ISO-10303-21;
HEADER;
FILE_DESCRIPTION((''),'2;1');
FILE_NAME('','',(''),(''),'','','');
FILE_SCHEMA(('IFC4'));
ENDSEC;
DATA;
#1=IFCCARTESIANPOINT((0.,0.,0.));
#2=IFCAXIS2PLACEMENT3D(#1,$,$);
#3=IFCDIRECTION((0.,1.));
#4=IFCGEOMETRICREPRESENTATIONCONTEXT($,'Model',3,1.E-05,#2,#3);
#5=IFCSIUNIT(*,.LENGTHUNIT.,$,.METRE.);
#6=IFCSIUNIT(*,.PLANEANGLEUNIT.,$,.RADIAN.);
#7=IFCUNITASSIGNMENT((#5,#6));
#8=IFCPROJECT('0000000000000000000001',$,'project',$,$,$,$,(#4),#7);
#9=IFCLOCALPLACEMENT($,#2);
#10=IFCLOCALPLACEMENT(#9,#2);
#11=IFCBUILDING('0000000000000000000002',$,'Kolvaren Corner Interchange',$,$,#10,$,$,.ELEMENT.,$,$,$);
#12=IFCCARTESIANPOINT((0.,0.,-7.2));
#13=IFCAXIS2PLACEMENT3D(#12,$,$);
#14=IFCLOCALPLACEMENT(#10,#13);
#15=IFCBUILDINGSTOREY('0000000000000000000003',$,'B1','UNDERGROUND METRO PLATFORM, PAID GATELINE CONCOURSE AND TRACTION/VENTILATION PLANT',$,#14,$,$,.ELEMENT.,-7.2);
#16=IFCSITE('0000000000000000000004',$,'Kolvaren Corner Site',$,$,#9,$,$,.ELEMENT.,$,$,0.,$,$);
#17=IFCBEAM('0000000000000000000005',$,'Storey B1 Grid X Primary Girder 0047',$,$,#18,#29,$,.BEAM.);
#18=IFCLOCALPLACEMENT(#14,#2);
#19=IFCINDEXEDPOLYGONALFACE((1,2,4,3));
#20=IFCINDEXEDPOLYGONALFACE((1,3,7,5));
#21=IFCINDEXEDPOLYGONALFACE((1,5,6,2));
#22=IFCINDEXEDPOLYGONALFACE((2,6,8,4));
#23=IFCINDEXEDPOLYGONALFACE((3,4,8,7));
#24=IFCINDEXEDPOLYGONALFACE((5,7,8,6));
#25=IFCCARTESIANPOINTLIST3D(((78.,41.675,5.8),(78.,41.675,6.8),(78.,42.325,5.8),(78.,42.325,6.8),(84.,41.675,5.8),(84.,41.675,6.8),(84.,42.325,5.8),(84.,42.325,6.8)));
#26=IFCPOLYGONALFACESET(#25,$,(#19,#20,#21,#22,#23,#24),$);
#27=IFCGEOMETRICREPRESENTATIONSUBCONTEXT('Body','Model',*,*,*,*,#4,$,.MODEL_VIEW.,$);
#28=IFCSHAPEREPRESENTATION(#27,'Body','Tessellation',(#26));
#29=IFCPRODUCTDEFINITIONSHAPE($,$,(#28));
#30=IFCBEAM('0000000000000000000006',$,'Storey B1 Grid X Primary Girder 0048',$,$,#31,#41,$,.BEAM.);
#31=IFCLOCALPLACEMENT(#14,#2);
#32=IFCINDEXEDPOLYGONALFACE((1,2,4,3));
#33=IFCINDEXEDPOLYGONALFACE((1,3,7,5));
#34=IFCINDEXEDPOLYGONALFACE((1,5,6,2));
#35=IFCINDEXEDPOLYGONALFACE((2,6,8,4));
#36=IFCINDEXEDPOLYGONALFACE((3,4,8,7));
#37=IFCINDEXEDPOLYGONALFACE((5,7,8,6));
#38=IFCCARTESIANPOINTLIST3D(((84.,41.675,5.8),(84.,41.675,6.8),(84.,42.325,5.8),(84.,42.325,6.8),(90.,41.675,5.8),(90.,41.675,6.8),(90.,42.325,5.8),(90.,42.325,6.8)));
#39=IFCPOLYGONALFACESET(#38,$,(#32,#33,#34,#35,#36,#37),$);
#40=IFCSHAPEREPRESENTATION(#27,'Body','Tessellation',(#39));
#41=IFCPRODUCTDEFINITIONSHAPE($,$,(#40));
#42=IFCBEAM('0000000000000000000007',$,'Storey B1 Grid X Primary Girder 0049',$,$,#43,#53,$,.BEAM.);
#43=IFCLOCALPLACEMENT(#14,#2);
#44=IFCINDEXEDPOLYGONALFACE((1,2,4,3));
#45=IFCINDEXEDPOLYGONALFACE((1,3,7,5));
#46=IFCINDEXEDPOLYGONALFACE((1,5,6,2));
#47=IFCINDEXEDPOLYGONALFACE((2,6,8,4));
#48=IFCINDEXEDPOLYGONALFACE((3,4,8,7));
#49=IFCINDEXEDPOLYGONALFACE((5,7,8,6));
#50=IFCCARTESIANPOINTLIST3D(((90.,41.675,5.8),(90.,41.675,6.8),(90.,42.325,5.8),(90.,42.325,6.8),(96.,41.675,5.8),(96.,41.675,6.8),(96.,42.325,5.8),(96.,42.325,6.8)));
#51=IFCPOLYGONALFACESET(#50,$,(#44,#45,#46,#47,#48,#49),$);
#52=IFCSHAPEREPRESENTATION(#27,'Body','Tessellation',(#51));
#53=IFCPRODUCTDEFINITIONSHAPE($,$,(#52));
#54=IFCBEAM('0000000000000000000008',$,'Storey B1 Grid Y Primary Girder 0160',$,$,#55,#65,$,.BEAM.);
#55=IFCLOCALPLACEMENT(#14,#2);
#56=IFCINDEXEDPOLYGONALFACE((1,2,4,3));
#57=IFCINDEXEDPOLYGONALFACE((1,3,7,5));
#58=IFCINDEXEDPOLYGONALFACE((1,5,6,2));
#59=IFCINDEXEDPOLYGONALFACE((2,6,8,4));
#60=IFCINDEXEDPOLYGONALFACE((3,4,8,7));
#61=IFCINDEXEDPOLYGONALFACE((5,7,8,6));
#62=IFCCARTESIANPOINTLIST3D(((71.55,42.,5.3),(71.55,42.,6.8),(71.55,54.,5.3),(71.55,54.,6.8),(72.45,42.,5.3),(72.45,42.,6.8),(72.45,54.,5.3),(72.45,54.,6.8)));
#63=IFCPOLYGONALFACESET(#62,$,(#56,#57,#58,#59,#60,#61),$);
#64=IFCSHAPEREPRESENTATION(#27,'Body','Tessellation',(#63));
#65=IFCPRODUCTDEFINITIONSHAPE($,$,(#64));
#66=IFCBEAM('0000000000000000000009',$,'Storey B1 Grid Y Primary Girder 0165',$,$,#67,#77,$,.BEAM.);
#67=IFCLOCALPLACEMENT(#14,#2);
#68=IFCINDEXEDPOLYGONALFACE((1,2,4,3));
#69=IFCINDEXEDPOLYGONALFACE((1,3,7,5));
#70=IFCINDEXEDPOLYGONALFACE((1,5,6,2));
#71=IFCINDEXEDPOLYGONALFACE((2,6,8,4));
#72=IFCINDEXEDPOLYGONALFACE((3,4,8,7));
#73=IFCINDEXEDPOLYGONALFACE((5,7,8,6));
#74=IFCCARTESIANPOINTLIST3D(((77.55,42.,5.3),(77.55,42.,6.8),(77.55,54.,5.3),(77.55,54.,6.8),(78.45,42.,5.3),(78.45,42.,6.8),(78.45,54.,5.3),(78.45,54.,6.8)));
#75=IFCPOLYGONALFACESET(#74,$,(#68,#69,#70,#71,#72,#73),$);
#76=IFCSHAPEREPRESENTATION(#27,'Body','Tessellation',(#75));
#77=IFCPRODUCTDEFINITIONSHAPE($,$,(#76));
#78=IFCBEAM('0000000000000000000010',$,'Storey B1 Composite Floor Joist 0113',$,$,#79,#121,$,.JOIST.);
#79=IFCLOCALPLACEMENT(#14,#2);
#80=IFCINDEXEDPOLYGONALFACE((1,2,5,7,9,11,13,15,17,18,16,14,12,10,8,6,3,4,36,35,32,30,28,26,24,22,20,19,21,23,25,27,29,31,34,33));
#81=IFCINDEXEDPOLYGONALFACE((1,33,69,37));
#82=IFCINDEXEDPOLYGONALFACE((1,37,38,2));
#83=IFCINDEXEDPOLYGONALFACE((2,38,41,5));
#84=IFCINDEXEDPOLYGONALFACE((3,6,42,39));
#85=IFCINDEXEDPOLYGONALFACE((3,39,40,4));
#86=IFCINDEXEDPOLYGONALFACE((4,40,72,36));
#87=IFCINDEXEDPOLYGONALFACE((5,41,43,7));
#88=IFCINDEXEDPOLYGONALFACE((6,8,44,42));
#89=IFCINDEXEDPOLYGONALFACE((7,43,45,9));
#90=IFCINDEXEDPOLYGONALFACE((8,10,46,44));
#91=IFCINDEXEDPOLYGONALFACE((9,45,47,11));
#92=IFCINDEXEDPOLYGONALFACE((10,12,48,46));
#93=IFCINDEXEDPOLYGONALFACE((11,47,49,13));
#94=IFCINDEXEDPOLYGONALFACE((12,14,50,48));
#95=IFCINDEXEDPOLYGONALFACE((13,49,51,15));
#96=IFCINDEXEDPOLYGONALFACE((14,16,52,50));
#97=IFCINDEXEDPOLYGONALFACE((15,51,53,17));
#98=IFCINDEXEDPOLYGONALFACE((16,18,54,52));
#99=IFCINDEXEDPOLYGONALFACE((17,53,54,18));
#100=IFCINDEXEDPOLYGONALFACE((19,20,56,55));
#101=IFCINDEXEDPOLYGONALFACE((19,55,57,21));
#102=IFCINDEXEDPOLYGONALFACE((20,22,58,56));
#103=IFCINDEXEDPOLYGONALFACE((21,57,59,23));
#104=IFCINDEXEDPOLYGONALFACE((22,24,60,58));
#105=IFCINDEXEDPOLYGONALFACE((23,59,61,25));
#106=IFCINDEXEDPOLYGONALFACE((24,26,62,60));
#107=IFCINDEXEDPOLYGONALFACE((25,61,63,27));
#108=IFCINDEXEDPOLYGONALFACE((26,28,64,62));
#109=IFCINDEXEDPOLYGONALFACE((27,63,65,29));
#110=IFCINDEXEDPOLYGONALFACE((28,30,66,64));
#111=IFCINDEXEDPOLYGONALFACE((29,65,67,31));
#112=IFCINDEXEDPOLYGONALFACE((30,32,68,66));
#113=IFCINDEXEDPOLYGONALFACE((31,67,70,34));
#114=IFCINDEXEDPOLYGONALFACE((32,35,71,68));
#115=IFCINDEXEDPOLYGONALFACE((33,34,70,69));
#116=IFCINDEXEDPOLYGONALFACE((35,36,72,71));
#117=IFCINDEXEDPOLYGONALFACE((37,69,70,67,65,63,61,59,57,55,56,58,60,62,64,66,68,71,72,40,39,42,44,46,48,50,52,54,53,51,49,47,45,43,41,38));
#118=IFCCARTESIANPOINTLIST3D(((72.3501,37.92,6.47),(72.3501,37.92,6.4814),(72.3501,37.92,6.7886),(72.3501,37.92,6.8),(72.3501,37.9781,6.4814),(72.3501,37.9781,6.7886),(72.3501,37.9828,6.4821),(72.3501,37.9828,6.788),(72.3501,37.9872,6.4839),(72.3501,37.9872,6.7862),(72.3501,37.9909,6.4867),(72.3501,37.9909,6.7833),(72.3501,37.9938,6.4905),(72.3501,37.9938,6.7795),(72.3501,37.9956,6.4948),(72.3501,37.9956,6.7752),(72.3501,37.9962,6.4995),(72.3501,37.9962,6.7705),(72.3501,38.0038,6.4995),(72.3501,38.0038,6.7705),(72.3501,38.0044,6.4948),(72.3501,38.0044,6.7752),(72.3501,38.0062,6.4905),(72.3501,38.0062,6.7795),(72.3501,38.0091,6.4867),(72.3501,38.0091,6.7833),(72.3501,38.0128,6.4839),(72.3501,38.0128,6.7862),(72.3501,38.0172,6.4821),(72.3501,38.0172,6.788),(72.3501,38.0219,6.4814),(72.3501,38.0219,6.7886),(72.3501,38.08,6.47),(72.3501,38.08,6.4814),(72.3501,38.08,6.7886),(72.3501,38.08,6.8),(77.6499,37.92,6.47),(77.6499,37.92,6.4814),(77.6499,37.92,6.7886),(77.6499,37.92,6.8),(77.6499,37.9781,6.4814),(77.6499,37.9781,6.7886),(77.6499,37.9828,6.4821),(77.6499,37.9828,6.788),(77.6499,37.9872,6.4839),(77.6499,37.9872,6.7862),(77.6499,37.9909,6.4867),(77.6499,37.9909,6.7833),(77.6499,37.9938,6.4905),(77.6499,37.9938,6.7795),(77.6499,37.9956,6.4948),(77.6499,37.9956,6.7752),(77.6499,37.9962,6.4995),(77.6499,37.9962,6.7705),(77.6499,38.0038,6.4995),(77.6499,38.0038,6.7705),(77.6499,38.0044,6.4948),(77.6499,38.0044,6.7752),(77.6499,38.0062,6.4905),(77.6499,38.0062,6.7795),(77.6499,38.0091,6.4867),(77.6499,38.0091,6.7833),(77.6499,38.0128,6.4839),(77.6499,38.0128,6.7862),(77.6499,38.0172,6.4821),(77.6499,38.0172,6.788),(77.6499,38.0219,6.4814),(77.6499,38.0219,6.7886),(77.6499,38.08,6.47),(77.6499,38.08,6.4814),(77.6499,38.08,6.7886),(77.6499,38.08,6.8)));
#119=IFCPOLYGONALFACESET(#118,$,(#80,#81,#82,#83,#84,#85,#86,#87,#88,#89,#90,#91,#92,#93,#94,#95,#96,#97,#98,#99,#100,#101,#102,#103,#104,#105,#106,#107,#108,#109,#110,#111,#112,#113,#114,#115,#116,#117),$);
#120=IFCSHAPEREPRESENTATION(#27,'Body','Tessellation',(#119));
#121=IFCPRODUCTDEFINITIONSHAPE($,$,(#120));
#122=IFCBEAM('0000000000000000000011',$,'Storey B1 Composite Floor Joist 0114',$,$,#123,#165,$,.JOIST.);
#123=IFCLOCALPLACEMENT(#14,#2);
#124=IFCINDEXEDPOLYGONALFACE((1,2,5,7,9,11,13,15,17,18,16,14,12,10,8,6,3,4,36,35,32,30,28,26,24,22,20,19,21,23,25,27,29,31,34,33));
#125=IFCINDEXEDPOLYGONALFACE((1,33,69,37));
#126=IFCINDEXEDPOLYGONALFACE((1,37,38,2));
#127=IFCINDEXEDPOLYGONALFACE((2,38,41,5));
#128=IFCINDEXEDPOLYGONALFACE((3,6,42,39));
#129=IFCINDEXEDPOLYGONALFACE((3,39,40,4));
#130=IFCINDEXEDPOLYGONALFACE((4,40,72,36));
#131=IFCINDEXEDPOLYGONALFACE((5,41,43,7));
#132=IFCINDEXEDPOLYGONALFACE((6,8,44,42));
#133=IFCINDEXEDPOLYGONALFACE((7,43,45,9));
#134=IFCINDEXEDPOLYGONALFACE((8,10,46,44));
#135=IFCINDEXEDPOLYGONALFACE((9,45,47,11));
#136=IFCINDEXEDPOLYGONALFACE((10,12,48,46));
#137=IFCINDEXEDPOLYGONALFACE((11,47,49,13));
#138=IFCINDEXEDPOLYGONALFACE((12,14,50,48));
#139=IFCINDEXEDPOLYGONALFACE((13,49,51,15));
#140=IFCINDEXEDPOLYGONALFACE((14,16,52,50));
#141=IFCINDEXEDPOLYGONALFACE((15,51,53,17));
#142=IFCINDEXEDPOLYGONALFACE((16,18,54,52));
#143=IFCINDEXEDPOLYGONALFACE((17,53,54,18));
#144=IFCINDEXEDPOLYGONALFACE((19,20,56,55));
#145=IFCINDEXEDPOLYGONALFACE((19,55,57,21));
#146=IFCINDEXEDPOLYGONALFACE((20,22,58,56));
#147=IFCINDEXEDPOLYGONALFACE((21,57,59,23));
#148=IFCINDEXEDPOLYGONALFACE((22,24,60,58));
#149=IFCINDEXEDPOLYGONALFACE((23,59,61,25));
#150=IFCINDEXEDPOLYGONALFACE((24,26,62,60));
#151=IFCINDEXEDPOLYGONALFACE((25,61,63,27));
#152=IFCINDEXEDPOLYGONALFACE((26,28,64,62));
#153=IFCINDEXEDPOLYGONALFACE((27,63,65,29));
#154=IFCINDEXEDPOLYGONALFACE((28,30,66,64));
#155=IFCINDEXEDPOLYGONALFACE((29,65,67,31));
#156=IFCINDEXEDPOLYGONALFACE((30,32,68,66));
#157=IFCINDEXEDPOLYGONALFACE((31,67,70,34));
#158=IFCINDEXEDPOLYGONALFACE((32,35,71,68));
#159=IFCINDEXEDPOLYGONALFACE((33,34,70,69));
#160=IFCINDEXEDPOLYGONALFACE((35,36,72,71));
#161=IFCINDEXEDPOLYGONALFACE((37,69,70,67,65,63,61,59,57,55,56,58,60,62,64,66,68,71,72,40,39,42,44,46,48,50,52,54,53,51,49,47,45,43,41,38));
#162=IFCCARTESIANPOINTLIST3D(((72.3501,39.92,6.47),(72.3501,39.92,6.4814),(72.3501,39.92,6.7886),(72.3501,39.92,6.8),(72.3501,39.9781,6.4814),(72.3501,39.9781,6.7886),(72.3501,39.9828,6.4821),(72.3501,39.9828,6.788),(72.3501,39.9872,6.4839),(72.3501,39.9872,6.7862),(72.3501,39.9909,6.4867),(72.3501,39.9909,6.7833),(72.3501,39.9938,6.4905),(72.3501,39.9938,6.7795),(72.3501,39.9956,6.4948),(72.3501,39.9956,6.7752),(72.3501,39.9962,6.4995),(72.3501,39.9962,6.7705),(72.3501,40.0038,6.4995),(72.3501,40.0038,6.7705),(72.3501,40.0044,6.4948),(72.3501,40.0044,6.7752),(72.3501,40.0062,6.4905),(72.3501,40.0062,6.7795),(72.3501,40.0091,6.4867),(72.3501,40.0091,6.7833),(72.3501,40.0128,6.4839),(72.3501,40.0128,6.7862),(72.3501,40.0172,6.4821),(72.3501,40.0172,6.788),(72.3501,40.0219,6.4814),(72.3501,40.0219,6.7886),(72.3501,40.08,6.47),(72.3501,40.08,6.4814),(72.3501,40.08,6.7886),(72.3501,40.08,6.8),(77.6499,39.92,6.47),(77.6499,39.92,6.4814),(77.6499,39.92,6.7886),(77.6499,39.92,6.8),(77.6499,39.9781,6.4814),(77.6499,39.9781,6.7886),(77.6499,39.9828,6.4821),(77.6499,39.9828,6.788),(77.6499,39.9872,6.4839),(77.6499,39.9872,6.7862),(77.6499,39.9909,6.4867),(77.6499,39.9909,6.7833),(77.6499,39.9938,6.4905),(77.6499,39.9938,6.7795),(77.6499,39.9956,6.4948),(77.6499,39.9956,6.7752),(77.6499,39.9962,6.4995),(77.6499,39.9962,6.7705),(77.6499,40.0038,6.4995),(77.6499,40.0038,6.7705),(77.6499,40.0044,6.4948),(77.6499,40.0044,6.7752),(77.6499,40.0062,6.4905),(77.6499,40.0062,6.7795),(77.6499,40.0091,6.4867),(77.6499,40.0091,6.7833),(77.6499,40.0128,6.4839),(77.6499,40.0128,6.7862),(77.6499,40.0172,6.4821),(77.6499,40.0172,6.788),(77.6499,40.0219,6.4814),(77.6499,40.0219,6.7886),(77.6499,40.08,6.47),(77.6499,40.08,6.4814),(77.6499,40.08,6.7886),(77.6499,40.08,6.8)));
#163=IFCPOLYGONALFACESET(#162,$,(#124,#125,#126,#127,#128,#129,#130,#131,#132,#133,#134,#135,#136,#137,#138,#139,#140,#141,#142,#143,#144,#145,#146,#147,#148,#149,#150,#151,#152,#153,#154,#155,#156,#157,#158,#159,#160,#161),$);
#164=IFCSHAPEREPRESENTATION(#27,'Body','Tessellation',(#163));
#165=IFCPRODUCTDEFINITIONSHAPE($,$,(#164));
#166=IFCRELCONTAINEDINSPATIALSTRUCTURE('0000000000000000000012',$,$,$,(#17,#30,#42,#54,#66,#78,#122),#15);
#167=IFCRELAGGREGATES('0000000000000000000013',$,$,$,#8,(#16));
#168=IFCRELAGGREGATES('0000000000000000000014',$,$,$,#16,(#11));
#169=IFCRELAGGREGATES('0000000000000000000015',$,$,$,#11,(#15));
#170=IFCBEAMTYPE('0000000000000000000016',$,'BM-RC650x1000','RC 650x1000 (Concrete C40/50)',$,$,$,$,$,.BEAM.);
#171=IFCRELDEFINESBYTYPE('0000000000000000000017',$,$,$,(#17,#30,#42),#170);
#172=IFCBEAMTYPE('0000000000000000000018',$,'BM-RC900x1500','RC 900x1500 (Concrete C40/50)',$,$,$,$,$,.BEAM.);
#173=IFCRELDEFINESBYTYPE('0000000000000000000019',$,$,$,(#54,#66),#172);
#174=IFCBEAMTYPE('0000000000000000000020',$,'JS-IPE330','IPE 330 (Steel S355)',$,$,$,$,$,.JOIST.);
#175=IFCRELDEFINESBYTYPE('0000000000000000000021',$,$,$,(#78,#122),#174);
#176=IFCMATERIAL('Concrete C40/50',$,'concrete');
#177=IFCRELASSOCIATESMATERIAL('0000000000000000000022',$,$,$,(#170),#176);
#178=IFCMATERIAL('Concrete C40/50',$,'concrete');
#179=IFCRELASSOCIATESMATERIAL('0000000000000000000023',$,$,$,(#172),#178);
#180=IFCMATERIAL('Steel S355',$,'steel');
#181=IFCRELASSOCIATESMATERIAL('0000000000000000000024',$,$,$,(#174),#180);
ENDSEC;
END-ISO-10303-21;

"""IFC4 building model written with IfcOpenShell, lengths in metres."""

from ifc_helpers import new_model, si_unit, direction, frame, origin, origin_2d, place, context, subcontext, project, spatial, rectangle, i_section, extrude, material, material_profile, profile_set, type_object, element, save


model = new_model("IFC4")

# Units and contexts
model_context = context("Model", 3, precision=1e-05, world=origin(), true_north=direction((0.0, 1.0)))
body_context = subcontext(model_context, "Body", "Model", "MODEL_VIEW")
ifc_project = project(units=[si_unit("LENGTHUNIT", "METRE"), si_unit("PLANEANGLEUNIT", "RADIAN")], contexts=[model_context])

# Site, building, storey
site_placement = place(None, origin())
site = spatial("IfcSite", under=ifc_project, at=site_placement, Name="Kolvaren Corner Site", CompositionType="ELEMENT", RefElevation=0.0)
building_placement = place(site_placement, origin())
building = spatial("IfcBuilding", under=site, at=building_placement, Name="Kolvaren Corner Interchange", CompositionType="ELEMENT")
storey_placement = place(building_placement, frame((0.0, 0.0, -7.2)))
storey = spatial("IfcBuildingStorey", under=building, at=storey_placement, Name="B1", Description="UNDERGROUND METRO PLATFORM, PAID GATELINE CONCOURSE AND TRACTION/VENTILATION PLANT", CompositionType="ELEMENT", Elevation=-7.2)

# Beams
ifc_material_1 = material(Name="Concrete C40/50", Category="concrete")
ifc_material_profile_1 = material_profile(ifc_material_1, rectangle(XDim=0.6499, YDim=1.0, at=origin_2d()), Name="RC 650x1000")
ifc_profile_set_1 = profile_set([ifc_material_profile_1], Name="Concrete C40/50")
beam_type_1 = type_object("IfcBeamType", Name="BM-RC650x1000", Description="RC 650x1000 (Concrete C40/50)", PredefinedType="BEAM", material=ifc_profile_set_1)
for number, where, z_axis, x_axis, name in (
    (1, (78.0, 42.0, 6.3), (1.0, 0.0, 0.0), (0.0, 1.0, 0.0), "Storey B1 Grid X Primary Girder 0047"),
    (2, (84.0, 42.0, 6.3), (1.0, 0.0, 0.0), (0.0, 1.0, 0.0), "Storey B1 Grid X Primary Girder 0048"),
    (3, (90.0, 42.0, 6.3), (1.0, 0.0, 0.0), (0.0, 1.0, 0.0), "Storey B1 Grid X Primary Girder 0049"),
):
    element("IfcBeam", number, at=place(storey_placement, frame(where, z_axis=z_axis, x_axis=x_axis)), inside=storey, type_object=beam_type_1, Name=name, PredefinedType="BEAM", context=body_context, shape_type="SweptSolid", body=[
        extrude(rectangle(XDim=0.6499, YDim=1.0, at=origin_2d()), origin(), (0.0, 0.0, 1.0), 6.0),
    ])
ifc_material_2 = material(Name="Concrete C40/50", Category="concrete")
ifc_material_profile_2 = material_profile(ifc_material_2, rectangle(XDim=0.8999, YDim=1.5, at=origin_2d()), Name="RC 900x1500")
ifc_profile_set_2 = profile_set([ifc_material_profile_2], Name="Concrete C40/50")
beam_type_2 = type_object("IfcBeamType", Name="BM-RC900x1500", Description="RC 900x1500 (Concrete C40/50)", PredefinedType="BEAM", material=ifc_profile_set_2)
for number, where, z_axis, x_axis, name in (
    (4, (72.0, 42.0, 6.05), (0.0, 1.0, 0.0), (-1.0, 0.0, 0.0), "Storey B1 Grid Y Primary Girder 0160"),
    (5, (78.0, 42.0, 6.05), (0.0, 1.0, 0.0), (-1.0, 0.0, 0.0), "Storey B1 Grid Y Primary Girder 0165"),
):
    element("IfcBeam", number, at=place(storey_placement, frame(where, z_axis=z_axis, x_axis=x_axis)), inside=storey, type_object=beam_type_2, Name=name, PredefinedType="BEAM", context=body_context, shape_type="SweptSolid", body=[
        extrude(rectangle(XDim=0.8999, YDim=1.5, at=origin_2d()), origin(), (0.0, 0.0, 1.0), 12.0),
    ])
ifc_material_3 = material(Name="Steel S355", Category="steel")
ifc_material_profile_3 = material_profile(ifc_material_3, i_section(OverallWidth=0.1599, OverallDepth=0.3301, WebThickness=0.0076, FlangeThickness=0.0115, FilletRadius=0.0181, at=origin_2d()), Name="IPE 330")
ifc_profile_set_3 = profile_set([ifc_material_profile_3], Name="Steel S355")
beam_type_3 = type_object("IfcBeamType", Name="JS-IPE330", Description="IPE 330 (Steel S355)", PredefinedType="JOIST", material=ifc_profile_set_3)
for number, where, z_axis, x_axis, name in (
    (6, (72.3501, 38.0, 6.635), (1.0, 0.0, 0.0), (0.0, 1.0, 0.0), "Storey B1 Composite Floor Joist 0113"),
    (7, (72.3501, 40.0, 6.635), (1.0, 0.0, 0.0), (0.0, 1.0, 0.0), "Storey B1 Composite Floor Joist 0114"),
):
    element("IfcBeam", number, at=place(storey_placement, frame(where, z_axis=z_axis, x_axis=x_axis)), inside=storey, type_object=beam_type_3, Name=name, PredefinedType="JOIST", context=body_context, shape_type="SweptSolid", body=[
        extrude(i_section(OverallWidth=0.1599, OverallDepth=0.3301, WebThickness=0.0076, FlangeThickness=0.0115, FilletRadius=0.0181, at=origin_2d()), origin(), (0.0, 0.0, 1.0), 5.2998),
    ])

save(model, "model.ifc")
